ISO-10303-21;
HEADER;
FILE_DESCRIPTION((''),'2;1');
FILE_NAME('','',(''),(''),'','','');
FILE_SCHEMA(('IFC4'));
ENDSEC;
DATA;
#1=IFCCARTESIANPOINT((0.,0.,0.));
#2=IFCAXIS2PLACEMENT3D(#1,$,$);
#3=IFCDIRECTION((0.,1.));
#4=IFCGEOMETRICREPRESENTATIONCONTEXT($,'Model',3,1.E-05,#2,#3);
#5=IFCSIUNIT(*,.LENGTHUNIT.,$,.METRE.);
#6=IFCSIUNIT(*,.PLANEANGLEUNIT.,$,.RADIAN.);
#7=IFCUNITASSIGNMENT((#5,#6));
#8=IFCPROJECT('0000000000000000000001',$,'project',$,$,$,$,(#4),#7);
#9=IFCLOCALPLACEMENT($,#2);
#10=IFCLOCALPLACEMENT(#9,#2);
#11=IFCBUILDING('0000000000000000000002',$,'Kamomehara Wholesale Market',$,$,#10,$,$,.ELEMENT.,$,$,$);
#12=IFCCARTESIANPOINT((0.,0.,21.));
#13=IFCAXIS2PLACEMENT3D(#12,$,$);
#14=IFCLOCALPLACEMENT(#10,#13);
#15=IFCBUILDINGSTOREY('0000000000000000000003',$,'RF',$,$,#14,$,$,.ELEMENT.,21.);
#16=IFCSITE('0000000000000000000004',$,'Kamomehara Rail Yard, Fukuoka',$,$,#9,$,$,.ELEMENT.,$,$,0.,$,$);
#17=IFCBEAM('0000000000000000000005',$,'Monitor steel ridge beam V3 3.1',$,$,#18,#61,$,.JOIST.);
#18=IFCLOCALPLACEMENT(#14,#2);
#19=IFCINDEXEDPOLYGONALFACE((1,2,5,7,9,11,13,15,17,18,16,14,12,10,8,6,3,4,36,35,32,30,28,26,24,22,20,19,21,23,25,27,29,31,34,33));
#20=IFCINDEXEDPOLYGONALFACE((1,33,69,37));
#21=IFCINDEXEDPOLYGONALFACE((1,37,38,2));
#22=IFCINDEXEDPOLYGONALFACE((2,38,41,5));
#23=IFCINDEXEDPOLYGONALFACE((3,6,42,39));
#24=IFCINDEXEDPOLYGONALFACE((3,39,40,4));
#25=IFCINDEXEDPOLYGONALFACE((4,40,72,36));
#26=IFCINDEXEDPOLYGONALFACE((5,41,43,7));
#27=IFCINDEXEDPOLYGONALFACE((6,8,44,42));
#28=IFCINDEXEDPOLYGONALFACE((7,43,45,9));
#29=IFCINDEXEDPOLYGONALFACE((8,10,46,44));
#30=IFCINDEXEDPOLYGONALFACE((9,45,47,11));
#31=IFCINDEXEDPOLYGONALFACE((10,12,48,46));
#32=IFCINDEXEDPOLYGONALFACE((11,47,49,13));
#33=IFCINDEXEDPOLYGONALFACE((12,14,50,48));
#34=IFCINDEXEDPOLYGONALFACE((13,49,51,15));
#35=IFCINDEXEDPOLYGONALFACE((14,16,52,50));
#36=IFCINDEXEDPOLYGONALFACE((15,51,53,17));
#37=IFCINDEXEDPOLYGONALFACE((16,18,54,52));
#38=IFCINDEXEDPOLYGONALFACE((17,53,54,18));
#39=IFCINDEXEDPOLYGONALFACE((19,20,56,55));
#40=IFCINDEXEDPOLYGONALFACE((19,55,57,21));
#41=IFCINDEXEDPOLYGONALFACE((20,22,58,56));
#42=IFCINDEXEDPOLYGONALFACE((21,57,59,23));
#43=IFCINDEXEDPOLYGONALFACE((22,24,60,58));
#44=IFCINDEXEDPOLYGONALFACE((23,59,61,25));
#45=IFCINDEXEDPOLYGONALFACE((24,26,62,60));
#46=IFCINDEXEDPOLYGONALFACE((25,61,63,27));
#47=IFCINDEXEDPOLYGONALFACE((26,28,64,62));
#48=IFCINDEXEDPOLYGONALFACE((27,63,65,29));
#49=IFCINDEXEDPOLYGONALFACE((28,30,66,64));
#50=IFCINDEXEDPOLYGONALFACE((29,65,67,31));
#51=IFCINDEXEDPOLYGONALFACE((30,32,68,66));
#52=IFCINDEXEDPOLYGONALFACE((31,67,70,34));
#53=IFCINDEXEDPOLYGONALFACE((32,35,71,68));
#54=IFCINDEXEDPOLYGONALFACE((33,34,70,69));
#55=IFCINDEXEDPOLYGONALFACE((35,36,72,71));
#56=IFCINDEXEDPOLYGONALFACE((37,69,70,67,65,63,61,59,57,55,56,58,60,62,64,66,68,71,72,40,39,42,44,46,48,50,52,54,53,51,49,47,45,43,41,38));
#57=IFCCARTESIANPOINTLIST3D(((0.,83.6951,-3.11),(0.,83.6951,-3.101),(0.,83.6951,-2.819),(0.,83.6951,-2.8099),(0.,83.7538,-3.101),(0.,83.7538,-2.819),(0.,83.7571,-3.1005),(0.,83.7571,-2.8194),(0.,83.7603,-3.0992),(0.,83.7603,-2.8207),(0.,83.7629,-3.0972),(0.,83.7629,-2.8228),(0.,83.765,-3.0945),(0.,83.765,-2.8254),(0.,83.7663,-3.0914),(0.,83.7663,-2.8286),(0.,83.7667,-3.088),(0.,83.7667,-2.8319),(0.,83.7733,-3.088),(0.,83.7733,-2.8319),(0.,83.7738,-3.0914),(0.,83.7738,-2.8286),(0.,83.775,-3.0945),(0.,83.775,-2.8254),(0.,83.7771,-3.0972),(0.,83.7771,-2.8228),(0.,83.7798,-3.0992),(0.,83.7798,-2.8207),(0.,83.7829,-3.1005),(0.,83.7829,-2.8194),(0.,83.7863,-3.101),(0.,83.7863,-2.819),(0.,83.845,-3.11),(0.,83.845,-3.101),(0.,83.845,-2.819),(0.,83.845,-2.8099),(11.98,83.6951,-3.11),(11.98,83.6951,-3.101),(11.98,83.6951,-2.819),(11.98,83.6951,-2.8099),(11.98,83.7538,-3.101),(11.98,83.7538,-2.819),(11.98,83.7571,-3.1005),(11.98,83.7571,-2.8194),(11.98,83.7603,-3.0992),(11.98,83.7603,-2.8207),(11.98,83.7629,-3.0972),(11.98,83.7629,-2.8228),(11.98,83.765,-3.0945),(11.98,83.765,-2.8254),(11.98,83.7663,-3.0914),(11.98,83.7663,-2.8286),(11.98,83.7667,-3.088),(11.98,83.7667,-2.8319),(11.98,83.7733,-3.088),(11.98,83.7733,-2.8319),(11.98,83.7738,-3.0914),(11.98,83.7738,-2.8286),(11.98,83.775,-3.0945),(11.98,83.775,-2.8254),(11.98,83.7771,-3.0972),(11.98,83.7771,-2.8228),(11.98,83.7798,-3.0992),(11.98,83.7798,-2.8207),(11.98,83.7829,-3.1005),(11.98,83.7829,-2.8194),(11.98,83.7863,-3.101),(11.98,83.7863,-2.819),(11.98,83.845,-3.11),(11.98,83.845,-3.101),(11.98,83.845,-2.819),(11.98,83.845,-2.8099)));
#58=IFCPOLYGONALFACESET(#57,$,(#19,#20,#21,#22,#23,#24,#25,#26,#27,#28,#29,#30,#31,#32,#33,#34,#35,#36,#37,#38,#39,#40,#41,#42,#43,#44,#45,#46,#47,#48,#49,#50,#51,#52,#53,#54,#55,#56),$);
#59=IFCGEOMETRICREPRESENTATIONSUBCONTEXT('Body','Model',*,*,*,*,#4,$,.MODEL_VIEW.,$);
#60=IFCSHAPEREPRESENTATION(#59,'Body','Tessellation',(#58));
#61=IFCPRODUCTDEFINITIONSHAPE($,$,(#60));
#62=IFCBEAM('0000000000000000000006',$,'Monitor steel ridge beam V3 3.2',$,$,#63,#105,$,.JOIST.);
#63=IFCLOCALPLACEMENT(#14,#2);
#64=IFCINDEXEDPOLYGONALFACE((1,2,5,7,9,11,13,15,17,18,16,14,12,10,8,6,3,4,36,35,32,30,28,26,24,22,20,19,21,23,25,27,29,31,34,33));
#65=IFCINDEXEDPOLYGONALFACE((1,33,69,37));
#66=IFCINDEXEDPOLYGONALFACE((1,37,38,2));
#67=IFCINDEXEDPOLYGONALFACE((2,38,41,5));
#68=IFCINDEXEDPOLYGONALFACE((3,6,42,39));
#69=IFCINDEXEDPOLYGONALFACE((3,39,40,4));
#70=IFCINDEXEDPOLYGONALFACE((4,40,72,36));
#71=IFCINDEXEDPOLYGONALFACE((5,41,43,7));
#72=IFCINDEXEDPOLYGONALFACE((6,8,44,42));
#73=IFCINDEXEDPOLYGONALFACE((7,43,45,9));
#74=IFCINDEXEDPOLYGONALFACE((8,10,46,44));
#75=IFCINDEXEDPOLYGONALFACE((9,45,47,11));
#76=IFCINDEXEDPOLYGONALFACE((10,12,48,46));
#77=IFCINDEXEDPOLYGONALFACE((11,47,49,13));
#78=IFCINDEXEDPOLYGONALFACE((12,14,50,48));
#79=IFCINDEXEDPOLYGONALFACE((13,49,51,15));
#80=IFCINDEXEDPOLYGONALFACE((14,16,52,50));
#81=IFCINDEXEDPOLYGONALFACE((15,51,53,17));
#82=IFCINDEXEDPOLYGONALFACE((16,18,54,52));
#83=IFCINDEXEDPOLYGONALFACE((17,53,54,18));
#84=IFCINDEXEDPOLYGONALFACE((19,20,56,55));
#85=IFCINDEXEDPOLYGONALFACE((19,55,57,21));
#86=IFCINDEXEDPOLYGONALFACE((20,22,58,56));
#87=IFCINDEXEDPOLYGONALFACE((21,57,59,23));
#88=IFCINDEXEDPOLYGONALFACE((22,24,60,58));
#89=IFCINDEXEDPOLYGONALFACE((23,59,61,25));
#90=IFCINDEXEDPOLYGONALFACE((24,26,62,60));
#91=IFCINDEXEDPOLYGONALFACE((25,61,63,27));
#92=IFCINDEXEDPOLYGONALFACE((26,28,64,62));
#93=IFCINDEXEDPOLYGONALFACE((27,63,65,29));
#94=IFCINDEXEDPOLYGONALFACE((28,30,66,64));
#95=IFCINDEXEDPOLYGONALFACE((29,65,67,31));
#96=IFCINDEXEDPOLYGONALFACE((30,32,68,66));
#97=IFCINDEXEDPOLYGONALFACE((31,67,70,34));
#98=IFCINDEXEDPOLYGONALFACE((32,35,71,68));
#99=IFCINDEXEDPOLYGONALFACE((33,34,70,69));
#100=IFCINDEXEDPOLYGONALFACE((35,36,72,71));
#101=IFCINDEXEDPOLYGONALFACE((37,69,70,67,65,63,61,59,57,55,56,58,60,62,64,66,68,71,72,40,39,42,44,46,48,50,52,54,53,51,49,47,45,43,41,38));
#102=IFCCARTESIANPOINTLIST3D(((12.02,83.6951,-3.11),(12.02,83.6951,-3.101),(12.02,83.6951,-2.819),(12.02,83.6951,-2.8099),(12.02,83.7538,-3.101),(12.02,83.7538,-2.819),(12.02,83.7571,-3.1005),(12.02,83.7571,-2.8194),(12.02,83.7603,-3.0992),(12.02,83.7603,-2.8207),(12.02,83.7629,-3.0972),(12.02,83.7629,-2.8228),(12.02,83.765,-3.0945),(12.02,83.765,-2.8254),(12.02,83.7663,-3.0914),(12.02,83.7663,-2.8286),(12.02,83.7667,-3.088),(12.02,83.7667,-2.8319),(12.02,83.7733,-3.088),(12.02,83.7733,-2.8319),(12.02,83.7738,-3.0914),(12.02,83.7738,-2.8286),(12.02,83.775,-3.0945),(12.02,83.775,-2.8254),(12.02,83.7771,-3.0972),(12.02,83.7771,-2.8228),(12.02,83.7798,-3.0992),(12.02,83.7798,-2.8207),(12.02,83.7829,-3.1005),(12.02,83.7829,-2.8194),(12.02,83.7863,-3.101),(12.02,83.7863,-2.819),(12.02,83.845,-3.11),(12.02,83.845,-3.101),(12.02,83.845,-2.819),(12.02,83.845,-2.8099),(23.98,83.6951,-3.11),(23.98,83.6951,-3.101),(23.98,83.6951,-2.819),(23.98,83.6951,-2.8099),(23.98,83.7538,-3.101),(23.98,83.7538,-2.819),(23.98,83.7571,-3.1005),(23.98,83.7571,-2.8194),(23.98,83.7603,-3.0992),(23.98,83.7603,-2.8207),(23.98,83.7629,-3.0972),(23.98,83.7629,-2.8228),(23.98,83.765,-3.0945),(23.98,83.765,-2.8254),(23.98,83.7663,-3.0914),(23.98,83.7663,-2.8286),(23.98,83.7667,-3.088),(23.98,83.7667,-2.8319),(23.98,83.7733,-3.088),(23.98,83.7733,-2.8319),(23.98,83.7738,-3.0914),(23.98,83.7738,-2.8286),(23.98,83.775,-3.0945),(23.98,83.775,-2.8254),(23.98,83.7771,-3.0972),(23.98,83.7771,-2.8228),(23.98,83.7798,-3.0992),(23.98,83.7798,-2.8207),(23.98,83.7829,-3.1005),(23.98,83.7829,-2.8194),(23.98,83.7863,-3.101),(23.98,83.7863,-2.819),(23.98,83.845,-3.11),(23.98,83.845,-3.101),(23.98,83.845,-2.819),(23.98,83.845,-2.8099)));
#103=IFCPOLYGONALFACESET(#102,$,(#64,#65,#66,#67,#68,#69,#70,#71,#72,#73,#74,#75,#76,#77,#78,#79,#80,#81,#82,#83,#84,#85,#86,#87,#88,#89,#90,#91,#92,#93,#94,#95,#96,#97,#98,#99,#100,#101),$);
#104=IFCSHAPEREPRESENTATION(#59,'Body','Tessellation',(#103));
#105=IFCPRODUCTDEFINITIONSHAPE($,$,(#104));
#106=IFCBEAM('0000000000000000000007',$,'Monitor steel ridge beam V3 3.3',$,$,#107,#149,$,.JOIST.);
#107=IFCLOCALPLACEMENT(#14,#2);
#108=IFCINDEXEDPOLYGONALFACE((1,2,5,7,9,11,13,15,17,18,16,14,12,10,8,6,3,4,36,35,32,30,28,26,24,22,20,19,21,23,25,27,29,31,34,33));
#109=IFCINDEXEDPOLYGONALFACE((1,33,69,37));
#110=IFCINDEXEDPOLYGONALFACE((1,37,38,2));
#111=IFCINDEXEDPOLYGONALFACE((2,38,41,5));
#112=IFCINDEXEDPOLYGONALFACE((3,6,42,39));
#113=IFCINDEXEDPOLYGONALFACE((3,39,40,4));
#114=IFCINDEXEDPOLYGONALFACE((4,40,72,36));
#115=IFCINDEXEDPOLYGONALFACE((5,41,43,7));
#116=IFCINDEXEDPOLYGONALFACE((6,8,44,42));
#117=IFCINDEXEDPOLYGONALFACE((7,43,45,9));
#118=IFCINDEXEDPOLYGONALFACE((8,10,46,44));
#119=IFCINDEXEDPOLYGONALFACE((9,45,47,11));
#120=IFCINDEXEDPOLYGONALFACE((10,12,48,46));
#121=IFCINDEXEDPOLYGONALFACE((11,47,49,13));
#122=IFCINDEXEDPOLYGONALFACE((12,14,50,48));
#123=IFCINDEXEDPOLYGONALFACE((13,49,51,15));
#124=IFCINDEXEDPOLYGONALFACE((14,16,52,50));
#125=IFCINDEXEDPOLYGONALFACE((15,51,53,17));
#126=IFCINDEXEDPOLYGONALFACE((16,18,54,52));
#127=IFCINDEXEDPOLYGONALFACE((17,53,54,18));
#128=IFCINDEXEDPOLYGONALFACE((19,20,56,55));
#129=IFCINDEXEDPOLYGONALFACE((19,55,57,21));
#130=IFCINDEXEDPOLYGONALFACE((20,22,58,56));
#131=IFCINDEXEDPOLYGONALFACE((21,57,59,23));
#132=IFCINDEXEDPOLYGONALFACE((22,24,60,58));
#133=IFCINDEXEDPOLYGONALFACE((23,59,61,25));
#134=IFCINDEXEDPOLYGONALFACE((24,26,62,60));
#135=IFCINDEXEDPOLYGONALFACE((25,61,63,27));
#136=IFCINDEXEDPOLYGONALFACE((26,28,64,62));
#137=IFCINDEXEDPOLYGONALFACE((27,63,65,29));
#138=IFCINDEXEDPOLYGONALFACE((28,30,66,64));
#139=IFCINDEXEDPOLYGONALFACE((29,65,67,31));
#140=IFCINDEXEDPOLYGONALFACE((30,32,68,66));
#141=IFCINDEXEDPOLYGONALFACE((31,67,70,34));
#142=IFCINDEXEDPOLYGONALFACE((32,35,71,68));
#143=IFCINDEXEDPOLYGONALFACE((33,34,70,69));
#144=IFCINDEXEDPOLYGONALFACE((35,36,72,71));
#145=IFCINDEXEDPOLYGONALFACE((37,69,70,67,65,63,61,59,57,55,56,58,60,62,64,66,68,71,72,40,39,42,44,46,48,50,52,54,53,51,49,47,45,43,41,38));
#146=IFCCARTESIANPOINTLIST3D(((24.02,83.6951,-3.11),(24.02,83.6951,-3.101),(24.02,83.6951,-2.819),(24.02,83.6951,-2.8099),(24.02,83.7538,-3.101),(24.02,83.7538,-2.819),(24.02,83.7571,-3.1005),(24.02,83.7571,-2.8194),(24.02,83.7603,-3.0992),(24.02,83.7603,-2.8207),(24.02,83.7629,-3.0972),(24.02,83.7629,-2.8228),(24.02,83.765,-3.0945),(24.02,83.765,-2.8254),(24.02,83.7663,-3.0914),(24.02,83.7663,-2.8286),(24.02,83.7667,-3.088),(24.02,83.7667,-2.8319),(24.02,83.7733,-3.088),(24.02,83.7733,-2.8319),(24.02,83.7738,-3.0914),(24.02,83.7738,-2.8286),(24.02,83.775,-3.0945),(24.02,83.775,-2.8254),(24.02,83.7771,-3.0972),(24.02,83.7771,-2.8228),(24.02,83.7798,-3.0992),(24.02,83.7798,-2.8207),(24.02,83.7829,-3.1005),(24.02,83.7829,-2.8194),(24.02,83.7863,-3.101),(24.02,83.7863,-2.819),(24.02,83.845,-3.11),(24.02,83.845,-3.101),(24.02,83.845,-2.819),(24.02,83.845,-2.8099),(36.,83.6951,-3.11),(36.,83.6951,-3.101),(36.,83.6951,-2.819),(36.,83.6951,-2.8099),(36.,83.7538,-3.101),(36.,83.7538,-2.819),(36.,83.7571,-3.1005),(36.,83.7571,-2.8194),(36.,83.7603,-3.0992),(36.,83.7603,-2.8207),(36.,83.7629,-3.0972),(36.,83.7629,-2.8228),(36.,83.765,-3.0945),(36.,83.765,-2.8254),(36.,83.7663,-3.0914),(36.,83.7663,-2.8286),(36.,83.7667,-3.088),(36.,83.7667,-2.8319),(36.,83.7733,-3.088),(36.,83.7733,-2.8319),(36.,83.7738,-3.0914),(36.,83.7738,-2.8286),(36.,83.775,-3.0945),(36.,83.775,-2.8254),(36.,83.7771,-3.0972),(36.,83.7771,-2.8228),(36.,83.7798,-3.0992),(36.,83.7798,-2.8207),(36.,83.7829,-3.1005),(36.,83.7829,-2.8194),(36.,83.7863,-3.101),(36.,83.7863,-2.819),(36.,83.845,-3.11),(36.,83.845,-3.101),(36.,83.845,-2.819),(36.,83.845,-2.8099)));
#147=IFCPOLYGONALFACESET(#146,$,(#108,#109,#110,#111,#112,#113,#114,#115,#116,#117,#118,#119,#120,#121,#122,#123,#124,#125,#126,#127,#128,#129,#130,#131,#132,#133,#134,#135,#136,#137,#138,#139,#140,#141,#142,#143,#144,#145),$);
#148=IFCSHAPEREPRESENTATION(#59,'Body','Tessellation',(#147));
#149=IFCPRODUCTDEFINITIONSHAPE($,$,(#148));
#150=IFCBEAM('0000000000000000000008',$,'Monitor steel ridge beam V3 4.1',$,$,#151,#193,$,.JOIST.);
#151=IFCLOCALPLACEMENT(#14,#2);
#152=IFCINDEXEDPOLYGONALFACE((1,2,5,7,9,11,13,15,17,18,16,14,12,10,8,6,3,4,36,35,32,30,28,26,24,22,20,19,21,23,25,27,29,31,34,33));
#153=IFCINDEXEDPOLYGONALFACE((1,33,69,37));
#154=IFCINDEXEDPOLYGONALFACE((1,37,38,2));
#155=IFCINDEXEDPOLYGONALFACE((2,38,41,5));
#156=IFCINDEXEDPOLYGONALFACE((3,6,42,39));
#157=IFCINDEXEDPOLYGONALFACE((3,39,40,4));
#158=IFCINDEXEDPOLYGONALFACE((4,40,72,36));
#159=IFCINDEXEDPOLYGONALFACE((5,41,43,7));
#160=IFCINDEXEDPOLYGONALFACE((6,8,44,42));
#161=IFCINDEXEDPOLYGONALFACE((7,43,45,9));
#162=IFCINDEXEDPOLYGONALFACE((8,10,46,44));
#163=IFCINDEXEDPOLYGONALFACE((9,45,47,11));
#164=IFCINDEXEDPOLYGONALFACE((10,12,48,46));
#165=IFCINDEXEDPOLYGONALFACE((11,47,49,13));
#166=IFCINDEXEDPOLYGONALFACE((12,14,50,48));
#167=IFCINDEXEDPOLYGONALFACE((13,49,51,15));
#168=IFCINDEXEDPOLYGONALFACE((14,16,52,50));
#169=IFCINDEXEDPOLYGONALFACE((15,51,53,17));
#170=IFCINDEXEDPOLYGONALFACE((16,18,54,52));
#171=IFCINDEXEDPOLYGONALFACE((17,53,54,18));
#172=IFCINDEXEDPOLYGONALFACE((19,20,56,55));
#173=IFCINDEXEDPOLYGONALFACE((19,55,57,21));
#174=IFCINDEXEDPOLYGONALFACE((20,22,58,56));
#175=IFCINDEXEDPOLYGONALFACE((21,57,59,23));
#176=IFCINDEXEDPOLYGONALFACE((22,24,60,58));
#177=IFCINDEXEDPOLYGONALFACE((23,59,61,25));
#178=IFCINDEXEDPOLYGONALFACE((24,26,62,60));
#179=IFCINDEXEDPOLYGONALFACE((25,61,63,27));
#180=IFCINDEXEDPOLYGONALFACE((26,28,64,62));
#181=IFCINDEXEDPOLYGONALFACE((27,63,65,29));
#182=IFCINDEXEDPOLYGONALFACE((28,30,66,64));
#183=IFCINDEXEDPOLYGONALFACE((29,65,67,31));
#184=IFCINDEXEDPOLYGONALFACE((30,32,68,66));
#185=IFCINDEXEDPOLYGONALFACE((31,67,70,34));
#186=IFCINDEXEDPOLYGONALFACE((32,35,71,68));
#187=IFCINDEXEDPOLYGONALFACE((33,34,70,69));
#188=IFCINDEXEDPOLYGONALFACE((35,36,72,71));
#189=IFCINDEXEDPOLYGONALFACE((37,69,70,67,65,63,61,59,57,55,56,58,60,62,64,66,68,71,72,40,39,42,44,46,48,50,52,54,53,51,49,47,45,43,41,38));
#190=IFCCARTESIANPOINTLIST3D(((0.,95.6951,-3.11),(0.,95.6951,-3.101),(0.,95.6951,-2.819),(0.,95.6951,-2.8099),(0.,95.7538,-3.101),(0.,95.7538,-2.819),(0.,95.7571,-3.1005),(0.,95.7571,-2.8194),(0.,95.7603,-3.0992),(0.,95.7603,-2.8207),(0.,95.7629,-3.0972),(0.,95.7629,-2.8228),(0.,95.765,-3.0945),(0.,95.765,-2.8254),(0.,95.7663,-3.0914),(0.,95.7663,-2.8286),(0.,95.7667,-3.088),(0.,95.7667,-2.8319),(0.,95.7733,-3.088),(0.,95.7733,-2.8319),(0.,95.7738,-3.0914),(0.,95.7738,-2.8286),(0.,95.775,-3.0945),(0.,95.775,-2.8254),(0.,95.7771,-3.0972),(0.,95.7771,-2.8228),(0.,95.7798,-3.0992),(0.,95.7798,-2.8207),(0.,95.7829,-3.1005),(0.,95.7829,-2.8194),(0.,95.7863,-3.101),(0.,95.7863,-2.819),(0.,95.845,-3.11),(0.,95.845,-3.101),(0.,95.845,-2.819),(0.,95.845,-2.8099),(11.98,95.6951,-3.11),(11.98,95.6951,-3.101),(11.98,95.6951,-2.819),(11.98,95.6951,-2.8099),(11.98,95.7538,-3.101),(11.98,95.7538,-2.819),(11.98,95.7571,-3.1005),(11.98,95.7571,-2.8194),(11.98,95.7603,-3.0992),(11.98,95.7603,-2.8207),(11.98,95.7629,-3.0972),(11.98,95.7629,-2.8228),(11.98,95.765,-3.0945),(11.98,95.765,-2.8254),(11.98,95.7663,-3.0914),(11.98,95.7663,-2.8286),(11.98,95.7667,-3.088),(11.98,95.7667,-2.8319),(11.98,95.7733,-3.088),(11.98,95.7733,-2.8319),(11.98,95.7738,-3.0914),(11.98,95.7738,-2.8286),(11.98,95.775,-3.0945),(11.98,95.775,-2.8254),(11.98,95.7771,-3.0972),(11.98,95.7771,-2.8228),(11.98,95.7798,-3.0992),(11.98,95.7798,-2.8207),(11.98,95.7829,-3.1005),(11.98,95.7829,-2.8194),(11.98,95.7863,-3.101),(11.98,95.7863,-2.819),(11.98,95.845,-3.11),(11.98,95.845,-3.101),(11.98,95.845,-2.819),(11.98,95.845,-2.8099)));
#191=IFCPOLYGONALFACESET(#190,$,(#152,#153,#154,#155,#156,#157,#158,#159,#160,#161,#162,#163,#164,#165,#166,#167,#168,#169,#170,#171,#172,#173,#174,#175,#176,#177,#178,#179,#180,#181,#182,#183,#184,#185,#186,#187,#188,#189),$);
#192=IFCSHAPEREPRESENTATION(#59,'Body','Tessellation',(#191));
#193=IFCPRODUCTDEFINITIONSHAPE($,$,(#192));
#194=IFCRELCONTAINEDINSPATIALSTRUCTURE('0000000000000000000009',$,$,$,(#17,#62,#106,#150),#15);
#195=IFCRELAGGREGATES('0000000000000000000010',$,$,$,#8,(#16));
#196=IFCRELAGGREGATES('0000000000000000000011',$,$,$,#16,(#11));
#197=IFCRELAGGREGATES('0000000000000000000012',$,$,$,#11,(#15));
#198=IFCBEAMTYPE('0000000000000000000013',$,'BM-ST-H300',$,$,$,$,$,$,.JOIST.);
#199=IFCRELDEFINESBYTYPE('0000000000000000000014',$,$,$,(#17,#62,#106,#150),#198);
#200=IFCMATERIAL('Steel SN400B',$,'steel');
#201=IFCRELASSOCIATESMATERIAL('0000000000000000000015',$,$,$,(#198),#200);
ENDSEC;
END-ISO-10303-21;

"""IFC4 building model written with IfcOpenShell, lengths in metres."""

from ifc_helpers import new_model, si_unit, direction, frame, origin, origin_2d, place, context, subcontext, project, spatial, i_section, extrude, material, material_profile, profile_set, type_object, element, save


model = new_model("IFC4")

# Units and contexts
model_context = context("Model", 3, precision=1e-05, world=origin(), true_north=direction((0.0, 1.0)))
body_context = subcontext(model_context, "Body", "Model", "MODEL_VIEW")
ifc_project = project(units=[si_unit("LENGTHUNIT", "METRE"), si_unit("PLANEANGLEUNIT", "RADIAN")], contexts=[model_context])

# Site, building, storey
site_placement = place(None, origin())
site = spatial("IfcSite", under=ifc_project, at=site_placement, Name="Kamomehara Rail Yard, Fukuoka", CompositionType="ELEMENT", RefElevation=0.0)
building_placement = place(site_placement, origin())
building = spatial("IfcBuilding", under=site, at=building_placement, Name="Kamomehara Wholesale Market", CompositionType="ELEMENT")
storey_placement = place(building_placement, frame((0.0, 0.0, 21.0)))
storey = spatial("IfcBuildingStorey", under=building, at=storey_placement, Name="RF", CompositionType="ELEMENT", Elevation=21.0)

# Beams
ifc_material_1 = material(Name="Steel SN400B", Category="steel")
ifc_material_profile_1 = material_profile(ifc_material_1, i_section(OverallWidth=0.1499, OverallDepth=0.3, WebThickness=0.0066, FlangeThickness=0.009, FilletRadius=0.0129, at=origin_2d()), Name="H-300x150x6.5x9")
ifc_profile_set_1 = profile_set([ifc_material_profile_1], Name="Steel SN400B")
beam_type_1 = type_object("IfcBeamType", Name="BM-ST-H300", PredefinedType="JOIST", material=ifc_profile_set_1)
beam_1_placement = place(storey_placement, frame((0.0, 83.77, -2.96), z_axis=(1.0, 0.0, 0.0), x_axis=(0.0, 1.0, 0.0)))
element("IfcBeam", 1, at=beam_1_placement, inside=storey, type_object=beam_type_1, Name="Monitor steel ridge beam V3 3.1", PredefinedType="JOIST", context=body_context, shape_type="SweptSolid", body=[
    extrude(i_section(OverallWidth=0.1499, OverallDepth=0.3, WebThickness=0.0066, FlangeThickness=0.009, FilletRadius=0.0129, at=origin_2d()), origin(), (0.0, 0.0, 1.0), 11.98),
])
beam_2_placement = place(storey_placement, frame((12.02, 83.77, -2.96), z_axis=(1.0, 0.0, 0.0), x_axis=(0.0, 1.0, 0.0)))
element("IfcBeam", 2, at=beam_2_placement, inside=storey, type_object=beam_type_1, Name="Monitor steel ridge beam V3 3.2", PredefinedType="JOIST", context=body_context, shape_type="SweptSolid", body=[
    extrude(i_section(OverallWidth=0.1499, OverallDepth=0.3, WebThickness=0.0066, FlangeThickness=0.009, FilletRadius=0.0129, at=origin_2d()), origin(), (0.0, 0.0, 1.0), 11.96),
])
for number, where, z_axis, x_axis, name in (
    (3, (24.02, 83.77, -2.96), (1.0, 0.0, 0.0), (0.0, 1.0, 0.0), "Monitor steel ridge beam V3 3.3"),
    (4, (0.0, 95.77, -2.96), (1.0, 0.0, 0.0), (0.0, 1.0, 0.0), "Monitor steel ridge beam V3 4.1"),
):
    element("IfcBeam", number, at=place(storey_placement, frame(where, z_axis=z_axis, x_axis=x_axis)), inside=storey, type_object=beam_type_1, Name=name, PredefinedType="JOIST", context=body_context, shape_type="SweptSolid", body=[
        extrude(i_section(OverallWidth=0.1499, OverallDepth=0.3, WebThickness=0.0066, FlangeThickness=0.009, FilletRadius=0.0129, at=origin_2d()), origin(), (0.0, 0.0, 1.0), 11.98),
    ])

save(model, "model.ifc")
